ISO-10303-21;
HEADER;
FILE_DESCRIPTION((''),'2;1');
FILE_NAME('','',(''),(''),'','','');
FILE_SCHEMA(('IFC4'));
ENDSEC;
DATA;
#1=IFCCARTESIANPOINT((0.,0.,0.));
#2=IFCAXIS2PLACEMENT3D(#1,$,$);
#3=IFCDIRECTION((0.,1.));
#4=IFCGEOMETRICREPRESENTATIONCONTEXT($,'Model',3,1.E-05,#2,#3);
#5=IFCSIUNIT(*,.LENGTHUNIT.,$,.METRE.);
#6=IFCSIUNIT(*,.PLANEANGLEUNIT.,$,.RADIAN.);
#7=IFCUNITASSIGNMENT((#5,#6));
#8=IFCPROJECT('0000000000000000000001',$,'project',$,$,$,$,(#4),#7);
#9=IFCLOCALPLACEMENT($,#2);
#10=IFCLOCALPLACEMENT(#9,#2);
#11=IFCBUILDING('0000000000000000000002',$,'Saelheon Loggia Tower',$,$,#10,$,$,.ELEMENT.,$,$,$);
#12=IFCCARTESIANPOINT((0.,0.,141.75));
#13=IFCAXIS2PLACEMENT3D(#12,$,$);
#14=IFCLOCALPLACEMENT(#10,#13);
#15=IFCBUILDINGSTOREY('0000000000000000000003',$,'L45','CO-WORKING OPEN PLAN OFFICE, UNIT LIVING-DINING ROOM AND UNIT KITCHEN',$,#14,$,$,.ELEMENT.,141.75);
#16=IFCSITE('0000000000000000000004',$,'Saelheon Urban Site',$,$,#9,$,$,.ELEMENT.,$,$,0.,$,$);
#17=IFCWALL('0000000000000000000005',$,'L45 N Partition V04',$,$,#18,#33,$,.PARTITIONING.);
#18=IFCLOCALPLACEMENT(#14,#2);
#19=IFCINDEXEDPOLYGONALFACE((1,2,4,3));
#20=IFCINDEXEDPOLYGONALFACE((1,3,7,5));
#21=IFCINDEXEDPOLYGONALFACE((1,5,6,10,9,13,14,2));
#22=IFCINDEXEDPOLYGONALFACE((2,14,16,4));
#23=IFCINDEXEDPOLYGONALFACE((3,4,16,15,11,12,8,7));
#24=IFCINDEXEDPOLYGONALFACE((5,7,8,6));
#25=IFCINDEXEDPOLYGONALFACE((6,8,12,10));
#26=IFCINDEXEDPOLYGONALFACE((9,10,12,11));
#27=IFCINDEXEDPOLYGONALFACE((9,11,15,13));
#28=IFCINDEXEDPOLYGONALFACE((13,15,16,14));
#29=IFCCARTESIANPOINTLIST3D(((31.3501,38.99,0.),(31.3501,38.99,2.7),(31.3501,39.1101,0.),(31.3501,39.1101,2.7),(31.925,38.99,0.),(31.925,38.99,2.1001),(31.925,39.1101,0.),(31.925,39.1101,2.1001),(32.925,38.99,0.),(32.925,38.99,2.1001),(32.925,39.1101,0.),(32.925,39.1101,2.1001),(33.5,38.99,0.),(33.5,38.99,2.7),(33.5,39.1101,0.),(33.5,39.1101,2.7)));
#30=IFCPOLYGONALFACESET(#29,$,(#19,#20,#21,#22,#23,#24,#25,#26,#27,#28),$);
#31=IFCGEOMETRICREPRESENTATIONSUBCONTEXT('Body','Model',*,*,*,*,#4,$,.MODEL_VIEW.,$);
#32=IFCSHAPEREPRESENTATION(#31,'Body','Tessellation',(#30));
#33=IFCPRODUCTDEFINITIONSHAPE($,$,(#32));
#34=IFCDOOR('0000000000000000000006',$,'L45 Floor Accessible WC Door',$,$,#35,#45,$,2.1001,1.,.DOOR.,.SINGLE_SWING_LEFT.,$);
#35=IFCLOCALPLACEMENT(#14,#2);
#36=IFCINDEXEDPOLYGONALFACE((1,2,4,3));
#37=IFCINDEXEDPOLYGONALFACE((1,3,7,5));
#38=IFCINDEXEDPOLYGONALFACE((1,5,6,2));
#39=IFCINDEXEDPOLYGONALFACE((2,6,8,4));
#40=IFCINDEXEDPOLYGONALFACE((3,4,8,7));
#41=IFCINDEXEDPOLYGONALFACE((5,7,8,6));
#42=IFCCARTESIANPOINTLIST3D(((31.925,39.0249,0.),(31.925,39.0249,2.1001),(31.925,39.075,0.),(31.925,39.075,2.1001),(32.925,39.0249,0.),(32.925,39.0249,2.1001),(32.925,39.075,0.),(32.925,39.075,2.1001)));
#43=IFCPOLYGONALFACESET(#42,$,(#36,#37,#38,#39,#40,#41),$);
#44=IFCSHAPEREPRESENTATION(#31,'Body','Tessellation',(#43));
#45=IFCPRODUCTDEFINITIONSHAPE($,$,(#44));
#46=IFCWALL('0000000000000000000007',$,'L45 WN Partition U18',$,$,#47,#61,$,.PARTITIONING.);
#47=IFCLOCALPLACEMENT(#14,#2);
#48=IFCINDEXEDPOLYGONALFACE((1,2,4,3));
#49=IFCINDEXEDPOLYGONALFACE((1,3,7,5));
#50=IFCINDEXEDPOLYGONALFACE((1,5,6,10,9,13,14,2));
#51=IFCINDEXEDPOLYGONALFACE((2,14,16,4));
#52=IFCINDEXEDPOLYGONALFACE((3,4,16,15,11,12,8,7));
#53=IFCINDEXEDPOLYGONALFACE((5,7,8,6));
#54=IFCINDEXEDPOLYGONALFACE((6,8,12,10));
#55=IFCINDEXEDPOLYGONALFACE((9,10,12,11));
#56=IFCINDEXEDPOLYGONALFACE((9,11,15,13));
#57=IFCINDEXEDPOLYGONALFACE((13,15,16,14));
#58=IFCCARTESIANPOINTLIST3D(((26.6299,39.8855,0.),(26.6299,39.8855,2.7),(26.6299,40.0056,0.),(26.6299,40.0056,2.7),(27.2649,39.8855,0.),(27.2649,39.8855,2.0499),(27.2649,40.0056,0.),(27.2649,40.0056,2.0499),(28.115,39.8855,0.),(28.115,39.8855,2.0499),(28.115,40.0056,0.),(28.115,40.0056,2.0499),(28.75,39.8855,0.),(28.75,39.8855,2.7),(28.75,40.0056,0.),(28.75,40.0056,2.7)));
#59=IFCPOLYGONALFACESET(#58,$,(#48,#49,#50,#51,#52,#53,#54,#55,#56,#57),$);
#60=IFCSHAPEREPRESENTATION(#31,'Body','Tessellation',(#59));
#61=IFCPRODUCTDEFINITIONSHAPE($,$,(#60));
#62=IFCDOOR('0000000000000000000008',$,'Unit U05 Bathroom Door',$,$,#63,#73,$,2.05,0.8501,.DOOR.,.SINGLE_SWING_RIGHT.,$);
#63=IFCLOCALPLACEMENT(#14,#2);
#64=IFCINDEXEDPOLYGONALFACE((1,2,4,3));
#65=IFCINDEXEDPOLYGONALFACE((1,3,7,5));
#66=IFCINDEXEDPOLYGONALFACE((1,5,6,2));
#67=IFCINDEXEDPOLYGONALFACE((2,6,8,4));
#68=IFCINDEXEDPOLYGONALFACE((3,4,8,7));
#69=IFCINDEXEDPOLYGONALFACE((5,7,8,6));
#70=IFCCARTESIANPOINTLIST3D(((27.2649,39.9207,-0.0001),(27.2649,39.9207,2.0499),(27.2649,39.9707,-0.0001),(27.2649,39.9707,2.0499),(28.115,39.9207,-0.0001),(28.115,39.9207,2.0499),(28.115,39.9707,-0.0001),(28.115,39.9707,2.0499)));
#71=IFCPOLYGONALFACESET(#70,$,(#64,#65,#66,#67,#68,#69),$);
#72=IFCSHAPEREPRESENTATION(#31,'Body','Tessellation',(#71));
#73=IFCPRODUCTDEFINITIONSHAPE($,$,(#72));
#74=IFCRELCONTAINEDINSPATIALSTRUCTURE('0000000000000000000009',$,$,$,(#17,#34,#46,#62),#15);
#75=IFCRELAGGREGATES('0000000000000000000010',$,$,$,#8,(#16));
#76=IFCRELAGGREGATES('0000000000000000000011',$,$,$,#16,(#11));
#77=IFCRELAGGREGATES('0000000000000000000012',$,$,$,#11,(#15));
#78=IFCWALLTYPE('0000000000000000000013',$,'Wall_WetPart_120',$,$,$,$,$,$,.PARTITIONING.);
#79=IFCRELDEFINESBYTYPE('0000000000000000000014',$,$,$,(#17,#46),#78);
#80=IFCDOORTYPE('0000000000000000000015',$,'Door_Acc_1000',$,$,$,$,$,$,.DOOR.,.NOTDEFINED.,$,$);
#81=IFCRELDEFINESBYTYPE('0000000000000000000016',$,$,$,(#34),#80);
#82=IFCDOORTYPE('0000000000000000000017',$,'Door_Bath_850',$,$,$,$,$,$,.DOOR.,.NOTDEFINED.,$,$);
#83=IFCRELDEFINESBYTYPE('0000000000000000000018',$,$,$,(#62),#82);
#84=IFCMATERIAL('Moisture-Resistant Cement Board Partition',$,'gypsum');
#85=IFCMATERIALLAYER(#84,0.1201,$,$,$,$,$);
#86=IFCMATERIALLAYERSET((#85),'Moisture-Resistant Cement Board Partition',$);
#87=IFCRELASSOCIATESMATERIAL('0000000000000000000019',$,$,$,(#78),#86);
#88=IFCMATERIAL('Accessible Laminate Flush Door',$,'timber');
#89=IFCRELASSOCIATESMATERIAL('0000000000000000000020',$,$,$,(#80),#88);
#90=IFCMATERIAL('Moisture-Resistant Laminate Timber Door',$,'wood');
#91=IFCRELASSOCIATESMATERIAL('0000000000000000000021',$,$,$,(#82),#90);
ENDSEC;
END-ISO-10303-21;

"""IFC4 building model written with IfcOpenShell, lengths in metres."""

from ifc_helpers import new_model, si_unit, direction, frame, frame_2d, origin, place, context, subcontext, project, spatial, rectangle, extrude, source, transform, mapped, material, layer, layer_set, type_object, element, fill, save


model = new_model("IFC4")

# Units and contexts
model_context = context("Model", 3, precision=1e-05, world=origin(), true_north=direction((0.0, 1.0)))
body_context = subcontext(model_context, "Body", "Model", "MODEL_VIEW")
ifc_project = project(units=[si_unit("LENGTHUNIT", "METRE"), si_unit("PLANEANGLEUNIT", "RADIAN")], contexts=[model_context])

# Site, building, storey
site_placement = place(None, origin())
site = spatial("IfcSite", under=ifc_project, at=site_placement, Name="Saelheon Urban Site", CompositionType="ELEMENT", RefElevation=0.0)
building_placement = place(site_placement, origin())
building = spatial("IfcBuilding", under=site, at=building_placement, Name="Saelheon Loggia Tower", CompositionType="ELEMENT")
storey_placement = place(building_placement, frame((0.0, 0.0, 141.75)))
storey = spatial("IfcBuildingStorey", under=building, at=storey_placement, Name="L45", Description="CO-WORKING OPEN PLAN OFFICE, UNIT LIVING-DINING ROOM AND UNIT KITCHEN", CompositionType="ELEMENT", Elevation=141.75)

# Walls, openings, doors
ifc_material_1 = material(Name="Moisture-Resistant Cement Board Partition", Category="gypsum")
ifc_layer_1 = layer(ifc_material_1, 0.1201)
ifc_layer_set_1 = layer_set([ifc_layer_1], Name="Moisture-Resistant Cement Board Partition")
wall_type_1 = type_object("IfcWallType", Name="Wall_WetPart_120", PredefinedType="PARTITIONING", material=ifc_layer_set_1)
wall_1_placement = place(storey_placement, frame((31.3501, 39.05, 0.0), z_axis=(0.0, 0.0, 1.0), x_axis=(1.0, 0.0, 0.0)))
wall_1 = element("IfcWall", 1, at=wall_1_placement, inside=storey, type_object=wall_type_1, Name="L45 N Partition V04", PredefinedType="PARTITIONING", context=body_context, shape_type="SweptSolid", body=[
    extrude(rectangle(XDim=2.1499, YDim=0.1201, at=frame_2d((1.075, 0.0))), origin(), (0.0, 0.0, 1.0), 2.7),
])
opening_1_placement = place(wall_1_placement, frame((0.575, 0.0, 0.0)))
opening_1 = element("IfcOpeningElement", 2, at=opening_1_placement, cuts=wall_1, PredefinedType="OPENING", context=body_context, shape_type="SweptSolid", body=[
    extrude(rectangle(XDim=1.0, YDim=2.1001, at=frame_2d((0.5, 1.05))), frame((0.0, 0.072, 0.0), z_axis=(0.0, -1.0, 0.0), x_axis=(1.0, 0.0, 0.0)), (0.0, 0.0, 1.0), 0.144),
])
ifc_material_2 = material(Name="Accessible Laminate Flush Door", Category="timber")
door_type_1 = type_object("IfcDoorType", Name="Door_Acc_1000", OperationType="NOTDEFINED", PredefinedType="DOOR", material=ifc_material_2)
shared_shape_1 = source(origin(), body_context, "Body", "SweptSolid", [
    extrude(rectangle(XDim=1.0, YDim=2.1001, at=frame_2d((0.5, 1.05))), frame((0.0, 0.0249, 0.0), z_axis=(0.0, -1.0, 0.0), x_axis=(1.0, 0.0, 0.0)), (0.0, 0.0, 1.0), 0.05),
])
door_1_placement = place(opening_1_placement, origin())
door_1 = element("IfcDoor", 3, at=door_1_placement, inside=storey, type_object=door_type_1, Name="L45 Floor Accessible WC Door", OperationType="SINGLE_SWING_LEFT", OverallHeight=2.1001, OverallWidth=1.0, PredefinedType="DOOR", context=body_context, shape_type="MappedRepresentation", body=[
    mapped(shared_shape_1, transform((0.0, 0.0, 0.0), scale=1.0)),
])
fill(opening_1, door_1)
wall_2_placement = place(storey_placement, frame((28.75, 39.9456, 0.0), z_axis=(0.0, 0.0, 1.0), x_axis=(-1.0, 0.0, 0.0)))
wall_2 = element("IfcWall", 4, at=wall_2_placement, inside=storey, type_object=wall_type_1, Name="L45 WN Partition U18", PredefinedType="PARTITIONING", context=body_context, shape_type="SweptSolid", body=[
    extrude(rectangle(XDim=2.1201, YDim=0.1201, at=frame_2d((1.0601, 0.0))), origin(), (0.0, 0.0, 1.0), 2.7),
])
opening_2_placement = place(wall_2_placement, frame((0.635, 0.0, 0.0)))
opening_2 = element("IfcOpeningElement", 5, at=opening_2_placement, cuts=wall_2, PredefinedType="OPENING", context=body_context, shape_type="SweptSolid", body=[
    extrude(rectangle(XDim=0.8501, YDim=2.05, at=frame_2d((0.425, 1.0249))), frame((0.0, 0.072, 0.0), z_axis=(0.0, -1.0, 0.0), x_axis=(1.0, 0.0, 0.0)), (0.0, 0.0, 1.0), 0.144),
])
ifc_material_3 = material(Name="Moisture-Resistant Laminate Timber Door", Category="wood")
door_type_2 = type_object("IfcDoorType", Name="Door_Bath_850", OperationType="NOTDEFINED", PredefinedType="DOOR", material=ifc_material_3)
shared_shape_2 = source(origin(), body_context, "Body", "SweptSolid", [
    extrude(rectangle(XDim=0.8501, YDim=2.05, at=frame_2d((0.425, 1.0249))), frame((0.0, 0.0249, 0.0), z_axis=(0.0, -1.0, 0.0), x_axis=(1.0, 0.0, 0.0)), (0.0, 0.0, 1.0), 0.05),
])
door_2_placement = place(opening_2_placement, origin())
door_2 = element("IfcDoor", 6, at=door_2_placement, inside=storey, type_object=door_type_2, Name="Unit U05 Bathroom Door", OperationType="SINGLE_SWING_RIGHT", OverallHeight=2.05, OverallWidth=0.8501, PredefinedType="DOOR", context=body_context, shape_type="MappedRepresentation", body=[
    mapped(shared_shape_2, transform((0.0, 0.0, 0.0), scale=1.0)),
])
fill(opening_2, door_2)

save(model, "model.ifc")
